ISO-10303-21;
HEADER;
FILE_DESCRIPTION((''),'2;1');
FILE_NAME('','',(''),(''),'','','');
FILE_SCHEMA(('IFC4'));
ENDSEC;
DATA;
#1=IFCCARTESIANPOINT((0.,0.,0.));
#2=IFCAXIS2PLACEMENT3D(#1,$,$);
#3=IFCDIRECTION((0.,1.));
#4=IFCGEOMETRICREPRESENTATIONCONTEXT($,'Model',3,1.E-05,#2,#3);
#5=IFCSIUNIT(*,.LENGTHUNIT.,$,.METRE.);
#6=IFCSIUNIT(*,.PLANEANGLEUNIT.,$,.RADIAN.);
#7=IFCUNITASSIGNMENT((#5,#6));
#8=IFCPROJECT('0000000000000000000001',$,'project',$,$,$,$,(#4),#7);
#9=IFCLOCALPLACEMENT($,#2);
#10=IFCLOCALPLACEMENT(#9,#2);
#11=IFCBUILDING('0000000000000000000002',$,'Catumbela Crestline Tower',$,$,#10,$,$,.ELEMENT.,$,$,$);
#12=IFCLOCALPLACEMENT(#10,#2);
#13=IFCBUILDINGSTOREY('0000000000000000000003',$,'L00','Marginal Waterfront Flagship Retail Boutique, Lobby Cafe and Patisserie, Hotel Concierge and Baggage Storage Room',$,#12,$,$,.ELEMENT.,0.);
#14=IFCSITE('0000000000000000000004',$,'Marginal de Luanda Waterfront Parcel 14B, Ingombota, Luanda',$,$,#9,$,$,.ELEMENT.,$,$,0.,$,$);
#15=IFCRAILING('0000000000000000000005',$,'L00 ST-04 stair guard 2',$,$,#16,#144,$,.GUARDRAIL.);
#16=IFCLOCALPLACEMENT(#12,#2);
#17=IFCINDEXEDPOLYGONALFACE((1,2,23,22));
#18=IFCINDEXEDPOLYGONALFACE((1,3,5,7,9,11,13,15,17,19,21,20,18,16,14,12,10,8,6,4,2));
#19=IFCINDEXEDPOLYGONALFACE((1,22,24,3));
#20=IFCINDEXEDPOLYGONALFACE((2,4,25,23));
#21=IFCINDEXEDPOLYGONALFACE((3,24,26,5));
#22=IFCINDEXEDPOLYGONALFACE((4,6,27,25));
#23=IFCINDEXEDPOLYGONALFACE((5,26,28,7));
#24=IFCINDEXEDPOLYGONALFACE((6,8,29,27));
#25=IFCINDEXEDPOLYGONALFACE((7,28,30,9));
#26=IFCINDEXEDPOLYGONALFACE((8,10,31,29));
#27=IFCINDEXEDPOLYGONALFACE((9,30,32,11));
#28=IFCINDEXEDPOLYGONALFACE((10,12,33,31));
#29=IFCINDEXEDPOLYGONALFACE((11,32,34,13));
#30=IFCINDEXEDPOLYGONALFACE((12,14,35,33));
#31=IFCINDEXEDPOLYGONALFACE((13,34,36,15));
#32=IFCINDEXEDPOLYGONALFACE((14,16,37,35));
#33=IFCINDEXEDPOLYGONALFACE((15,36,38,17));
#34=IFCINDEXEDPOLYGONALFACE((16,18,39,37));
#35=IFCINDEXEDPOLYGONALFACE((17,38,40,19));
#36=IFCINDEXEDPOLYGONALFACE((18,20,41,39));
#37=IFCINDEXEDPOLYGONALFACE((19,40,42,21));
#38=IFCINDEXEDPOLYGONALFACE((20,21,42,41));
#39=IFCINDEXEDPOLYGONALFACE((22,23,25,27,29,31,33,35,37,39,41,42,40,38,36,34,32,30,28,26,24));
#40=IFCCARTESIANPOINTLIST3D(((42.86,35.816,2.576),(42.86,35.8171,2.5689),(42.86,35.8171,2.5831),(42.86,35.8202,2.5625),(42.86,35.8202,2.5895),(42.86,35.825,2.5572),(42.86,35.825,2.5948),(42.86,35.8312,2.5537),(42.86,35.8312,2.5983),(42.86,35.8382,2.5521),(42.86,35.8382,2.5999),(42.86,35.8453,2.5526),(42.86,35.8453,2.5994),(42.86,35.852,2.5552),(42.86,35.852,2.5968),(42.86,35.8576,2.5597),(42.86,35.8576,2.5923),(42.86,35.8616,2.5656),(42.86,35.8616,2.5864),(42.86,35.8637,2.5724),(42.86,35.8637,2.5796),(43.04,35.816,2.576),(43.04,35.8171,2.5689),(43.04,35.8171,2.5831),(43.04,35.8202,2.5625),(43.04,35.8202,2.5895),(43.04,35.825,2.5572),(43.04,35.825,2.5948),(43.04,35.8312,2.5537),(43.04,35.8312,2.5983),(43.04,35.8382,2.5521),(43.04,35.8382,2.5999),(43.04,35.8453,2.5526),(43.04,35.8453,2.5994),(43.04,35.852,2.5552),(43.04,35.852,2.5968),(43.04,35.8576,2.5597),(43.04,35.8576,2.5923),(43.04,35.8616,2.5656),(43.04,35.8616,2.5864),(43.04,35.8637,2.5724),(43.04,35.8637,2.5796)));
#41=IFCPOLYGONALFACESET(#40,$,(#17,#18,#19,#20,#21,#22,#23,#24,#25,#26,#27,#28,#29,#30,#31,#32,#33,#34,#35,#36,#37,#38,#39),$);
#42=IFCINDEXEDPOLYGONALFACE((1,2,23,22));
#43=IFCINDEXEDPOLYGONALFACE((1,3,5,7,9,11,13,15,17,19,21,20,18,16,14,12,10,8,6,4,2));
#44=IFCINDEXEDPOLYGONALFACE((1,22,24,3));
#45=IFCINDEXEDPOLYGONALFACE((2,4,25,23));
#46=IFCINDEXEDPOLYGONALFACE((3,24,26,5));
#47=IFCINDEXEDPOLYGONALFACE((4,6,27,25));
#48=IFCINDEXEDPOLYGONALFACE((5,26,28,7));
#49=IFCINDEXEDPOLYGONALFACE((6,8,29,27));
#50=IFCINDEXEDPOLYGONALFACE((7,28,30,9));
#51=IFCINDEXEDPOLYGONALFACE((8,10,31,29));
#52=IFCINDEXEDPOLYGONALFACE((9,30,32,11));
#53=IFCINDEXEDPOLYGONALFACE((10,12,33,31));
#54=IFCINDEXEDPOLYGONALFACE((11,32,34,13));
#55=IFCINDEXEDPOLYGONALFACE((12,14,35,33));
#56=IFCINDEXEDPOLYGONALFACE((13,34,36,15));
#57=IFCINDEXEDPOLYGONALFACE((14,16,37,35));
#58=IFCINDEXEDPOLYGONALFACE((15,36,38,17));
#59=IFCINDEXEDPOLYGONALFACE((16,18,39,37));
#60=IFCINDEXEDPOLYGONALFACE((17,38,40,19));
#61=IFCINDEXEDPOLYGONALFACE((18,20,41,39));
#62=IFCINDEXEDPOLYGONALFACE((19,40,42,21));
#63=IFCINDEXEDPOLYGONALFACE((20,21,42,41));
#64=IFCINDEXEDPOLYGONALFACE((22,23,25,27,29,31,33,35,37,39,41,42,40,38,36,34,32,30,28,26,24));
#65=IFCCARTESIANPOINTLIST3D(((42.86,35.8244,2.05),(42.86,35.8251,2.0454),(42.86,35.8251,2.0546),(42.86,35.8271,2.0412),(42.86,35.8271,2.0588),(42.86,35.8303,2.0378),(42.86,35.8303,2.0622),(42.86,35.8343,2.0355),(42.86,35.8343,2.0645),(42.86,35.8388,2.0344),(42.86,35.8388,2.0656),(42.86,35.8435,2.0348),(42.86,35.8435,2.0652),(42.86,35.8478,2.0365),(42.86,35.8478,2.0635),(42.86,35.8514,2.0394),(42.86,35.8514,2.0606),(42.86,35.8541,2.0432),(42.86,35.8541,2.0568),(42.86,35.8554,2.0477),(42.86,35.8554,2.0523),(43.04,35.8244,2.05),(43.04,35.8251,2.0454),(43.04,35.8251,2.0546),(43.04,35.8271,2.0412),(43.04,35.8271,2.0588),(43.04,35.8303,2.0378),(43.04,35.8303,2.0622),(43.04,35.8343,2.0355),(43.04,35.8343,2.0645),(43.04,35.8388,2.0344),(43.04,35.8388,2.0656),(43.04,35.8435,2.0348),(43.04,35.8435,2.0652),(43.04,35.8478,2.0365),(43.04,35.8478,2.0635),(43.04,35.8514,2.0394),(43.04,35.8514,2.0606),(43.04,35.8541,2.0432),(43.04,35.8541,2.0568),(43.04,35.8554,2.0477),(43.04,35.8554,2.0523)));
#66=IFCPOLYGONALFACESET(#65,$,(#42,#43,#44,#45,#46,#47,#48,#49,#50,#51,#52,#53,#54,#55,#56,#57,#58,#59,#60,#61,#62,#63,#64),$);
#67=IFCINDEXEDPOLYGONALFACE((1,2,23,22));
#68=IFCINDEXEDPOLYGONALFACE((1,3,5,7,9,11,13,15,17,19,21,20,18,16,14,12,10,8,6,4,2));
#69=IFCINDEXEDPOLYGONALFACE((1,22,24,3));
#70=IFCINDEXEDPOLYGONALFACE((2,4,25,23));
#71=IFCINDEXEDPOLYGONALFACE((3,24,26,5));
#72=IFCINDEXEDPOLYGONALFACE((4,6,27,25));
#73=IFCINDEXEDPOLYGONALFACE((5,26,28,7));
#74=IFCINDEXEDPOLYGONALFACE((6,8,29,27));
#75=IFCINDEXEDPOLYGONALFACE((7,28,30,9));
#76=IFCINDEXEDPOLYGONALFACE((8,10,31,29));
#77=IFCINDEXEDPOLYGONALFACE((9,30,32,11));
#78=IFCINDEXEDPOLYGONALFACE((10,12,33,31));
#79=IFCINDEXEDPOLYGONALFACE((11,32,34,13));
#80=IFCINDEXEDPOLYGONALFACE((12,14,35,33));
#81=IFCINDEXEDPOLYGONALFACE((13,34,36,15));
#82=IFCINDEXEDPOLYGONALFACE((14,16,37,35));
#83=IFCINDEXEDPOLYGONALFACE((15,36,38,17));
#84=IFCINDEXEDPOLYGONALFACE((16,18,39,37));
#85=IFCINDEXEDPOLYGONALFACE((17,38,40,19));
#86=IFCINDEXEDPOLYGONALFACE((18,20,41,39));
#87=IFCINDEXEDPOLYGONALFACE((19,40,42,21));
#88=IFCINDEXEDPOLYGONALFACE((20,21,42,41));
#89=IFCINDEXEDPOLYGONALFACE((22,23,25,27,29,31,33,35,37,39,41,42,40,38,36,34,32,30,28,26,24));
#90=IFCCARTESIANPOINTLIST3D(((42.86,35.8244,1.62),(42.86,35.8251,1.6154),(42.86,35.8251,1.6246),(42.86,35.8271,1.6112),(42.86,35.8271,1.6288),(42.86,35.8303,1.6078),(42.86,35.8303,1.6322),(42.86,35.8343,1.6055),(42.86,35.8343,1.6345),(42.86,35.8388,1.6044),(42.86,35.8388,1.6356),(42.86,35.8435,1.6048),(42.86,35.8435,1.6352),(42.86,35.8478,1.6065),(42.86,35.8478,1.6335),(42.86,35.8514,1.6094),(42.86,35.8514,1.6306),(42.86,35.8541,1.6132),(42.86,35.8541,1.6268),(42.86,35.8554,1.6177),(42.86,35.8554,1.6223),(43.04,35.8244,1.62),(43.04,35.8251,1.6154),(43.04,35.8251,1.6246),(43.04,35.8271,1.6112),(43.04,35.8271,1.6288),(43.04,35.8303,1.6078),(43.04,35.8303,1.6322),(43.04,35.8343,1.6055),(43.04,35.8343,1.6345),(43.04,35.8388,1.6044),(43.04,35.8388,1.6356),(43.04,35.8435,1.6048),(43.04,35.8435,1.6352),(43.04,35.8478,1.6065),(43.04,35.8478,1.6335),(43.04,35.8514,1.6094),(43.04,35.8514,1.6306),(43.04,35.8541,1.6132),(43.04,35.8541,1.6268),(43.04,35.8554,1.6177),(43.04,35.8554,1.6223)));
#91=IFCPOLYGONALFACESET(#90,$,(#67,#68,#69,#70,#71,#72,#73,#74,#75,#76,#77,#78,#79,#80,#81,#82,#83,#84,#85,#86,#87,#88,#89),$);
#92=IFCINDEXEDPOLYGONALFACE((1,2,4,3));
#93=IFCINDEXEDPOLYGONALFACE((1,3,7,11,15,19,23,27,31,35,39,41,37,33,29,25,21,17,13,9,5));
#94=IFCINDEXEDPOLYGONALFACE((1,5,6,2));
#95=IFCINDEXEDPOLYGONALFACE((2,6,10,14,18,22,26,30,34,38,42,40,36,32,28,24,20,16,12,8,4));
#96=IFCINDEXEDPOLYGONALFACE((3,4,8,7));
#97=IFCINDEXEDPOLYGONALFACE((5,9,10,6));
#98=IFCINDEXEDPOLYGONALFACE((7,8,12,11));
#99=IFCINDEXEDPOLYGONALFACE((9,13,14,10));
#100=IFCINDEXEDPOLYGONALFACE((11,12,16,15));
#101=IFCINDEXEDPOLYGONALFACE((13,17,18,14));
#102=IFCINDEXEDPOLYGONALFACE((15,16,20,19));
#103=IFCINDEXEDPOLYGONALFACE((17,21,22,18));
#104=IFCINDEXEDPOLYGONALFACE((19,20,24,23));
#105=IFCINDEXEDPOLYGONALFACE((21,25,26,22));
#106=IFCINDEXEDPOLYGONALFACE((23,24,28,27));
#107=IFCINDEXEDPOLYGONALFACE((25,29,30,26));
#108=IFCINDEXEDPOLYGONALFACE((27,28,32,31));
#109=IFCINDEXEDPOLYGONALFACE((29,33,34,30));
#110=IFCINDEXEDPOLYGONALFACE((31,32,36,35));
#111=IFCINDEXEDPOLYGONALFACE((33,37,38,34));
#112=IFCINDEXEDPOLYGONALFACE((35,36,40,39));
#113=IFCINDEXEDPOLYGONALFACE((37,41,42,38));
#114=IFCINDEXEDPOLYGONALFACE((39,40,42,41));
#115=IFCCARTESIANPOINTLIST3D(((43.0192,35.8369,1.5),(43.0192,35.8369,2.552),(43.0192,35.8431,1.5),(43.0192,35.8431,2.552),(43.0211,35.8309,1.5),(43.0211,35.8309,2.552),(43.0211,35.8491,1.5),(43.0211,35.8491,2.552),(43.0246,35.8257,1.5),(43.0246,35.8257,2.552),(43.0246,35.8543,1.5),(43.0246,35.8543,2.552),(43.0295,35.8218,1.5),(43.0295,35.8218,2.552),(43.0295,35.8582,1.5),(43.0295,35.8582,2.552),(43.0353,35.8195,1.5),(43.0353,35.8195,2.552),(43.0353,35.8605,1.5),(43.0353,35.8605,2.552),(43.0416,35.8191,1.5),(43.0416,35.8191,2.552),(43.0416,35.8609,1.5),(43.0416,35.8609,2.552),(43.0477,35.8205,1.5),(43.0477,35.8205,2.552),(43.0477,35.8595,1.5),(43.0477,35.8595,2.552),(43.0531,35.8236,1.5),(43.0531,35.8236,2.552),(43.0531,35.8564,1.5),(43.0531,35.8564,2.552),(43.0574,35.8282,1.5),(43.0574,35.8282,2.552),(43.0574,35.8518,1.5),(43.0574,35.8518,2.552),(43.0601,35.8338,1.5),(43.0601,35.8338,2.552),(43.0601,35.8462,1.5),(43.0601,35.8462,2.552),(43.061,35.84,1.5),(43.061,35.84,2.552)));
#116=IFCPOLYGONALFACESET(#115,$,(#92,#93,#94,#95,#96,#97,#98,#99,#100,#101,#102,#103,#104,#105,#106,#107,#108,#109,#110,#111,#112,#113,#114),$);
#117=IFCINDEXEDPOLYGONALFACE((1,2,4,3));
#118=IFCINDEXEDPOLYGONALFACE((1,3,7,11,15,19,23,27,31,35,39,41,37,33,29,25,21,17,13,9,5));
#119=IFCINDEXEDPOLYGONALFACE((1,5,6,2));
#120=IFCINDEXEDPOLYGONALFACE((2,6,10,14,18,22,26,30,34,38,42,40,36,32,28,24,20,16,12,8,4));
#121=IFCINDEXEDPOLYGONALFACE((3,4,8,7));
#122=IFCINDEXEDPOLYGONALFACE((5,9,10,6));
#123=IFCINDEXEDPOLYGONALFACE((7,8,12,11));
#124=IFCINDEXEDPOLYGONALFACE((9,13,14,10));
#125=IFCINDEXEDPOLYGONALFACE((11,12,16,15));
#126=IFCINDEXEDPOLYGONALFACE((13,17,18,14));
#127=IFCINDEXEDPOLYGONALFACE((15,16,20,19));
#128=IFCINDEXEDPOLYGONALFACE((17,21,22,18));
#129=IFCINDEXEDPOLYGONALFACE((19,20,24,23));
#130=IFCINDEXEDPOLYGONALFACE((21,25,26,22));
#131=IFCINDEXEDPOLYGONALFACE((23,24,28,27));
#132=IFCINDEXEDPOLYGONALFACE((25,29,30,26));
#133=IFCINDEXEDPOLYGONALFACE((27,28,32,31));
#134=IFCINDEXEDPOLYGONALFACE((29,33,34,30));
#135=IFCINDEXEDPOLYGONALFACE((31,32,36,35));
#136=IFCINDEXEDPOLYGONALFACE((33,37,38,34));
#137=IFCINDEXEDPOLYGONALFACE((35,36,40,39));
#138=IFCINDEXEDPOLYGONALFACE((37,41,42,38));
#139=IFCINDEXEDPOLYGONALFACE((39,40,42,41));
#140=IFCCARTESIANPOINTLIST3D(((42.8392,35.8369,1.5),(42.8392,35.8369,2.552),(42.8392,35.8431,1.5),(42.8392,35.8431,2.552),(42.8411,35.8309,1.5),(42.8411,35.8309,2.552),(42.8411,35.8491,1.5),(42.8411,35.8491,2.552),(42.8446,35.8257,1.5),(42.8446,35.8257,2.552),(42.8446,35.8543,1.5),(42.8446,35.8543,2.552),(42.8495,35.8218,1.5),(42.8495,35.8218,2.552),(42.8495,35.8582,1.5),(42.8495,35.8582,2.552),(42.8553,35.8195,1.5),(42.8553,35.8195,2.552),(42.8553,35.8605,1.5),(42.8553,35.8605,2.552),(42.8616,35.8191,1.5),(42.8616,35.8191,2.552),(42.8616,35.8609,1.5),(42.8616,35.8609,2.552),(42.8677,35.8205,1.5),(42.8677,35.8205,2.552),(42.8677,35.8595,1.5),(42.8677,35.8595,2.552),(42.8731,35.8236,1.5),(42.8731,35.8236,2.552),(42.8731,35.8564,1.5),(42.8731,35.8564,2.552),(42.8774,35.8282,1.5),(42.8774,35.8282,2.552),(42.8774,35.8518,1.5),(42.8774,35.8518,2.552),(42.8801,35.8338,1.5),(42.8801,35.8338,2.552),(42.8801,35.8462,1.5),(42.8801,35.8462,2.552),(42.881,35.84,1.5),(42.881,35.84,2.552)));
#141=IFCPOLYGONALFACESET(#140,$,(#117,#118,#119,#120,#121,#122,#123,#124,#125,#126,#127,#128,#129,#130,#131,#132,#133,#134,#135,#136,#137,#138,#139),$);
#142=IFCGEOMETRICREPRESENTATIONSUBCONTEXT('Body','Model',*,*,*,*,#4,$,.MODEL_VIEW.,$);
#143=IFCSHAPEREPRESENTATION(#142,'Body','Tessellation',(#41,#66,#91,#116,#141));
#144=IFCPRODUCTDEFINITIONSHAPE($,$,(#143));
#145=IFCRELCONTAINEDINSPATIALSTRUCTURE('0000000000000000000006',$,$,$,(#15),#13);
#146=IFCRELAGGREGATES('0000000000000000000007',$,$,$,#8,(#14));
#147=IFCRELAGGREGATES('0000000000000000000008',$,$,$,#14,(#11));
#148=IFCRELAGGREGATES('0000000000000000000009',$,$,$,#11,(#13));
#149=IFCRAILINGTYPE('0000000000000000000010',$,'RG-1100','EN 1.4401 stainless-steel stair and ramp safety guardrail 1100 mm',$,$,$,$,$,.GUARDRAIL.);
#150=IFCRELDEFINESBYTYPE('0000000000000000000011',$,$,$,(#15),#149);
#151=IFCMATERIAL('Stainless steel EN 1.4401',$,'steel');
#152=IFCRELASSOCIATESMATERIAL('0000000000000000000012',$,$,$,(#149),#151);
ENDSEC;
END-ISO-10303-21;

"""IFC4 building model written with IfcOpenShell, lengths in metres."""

from ifc_helpers import new_model, si_unit, direction, frame, origin, origin_2d, place, context, subcontext, project, spatial, circle, extrude, material, type_object, element, save


model = new_model("IFC4")

# Units and contexts
model_context = context("Model", 3, precision=1e-05, world=origin(), true_north=direction((0.0, 1.0)))
body_context = subcontext(model_context, "Body", "Model", "MODEL_VIEW")
ifc_project = project(units=[si_unit("LENGTHUNIT", "METRE"), si_unit("PLANEANGLEUNIT", "RADIAN")], contexts=[model_context])

# Site, building, storey
site_placement = place(None, origin())
site = spatial("IfcSite", under=ifc_project, at=site_placement, Name="Marginal de Luanda Waterfront Parcel 14B, Ingombota, Luanda", CompositionType="ELEMENT", RefElevation=0.0)
building_placement = place(site_placement, origin())
building = spatial("IfcBuilding", under=site, at=building_placement, Name="Catumbela Crestline Tower", CompositionType="ELEMENT")
storey_placement = place(building_placement, origin())
storey = spatial("IfcBuildingStorey", under=building, at=storey_placement, Name="L00", Description="Marginal Waterfront Flagship Retail Boutique, Lobby Cafe and Patisserie, Hotel Concierge and Baggage Storage Room", CompositionType="ELEMENT", Elevation=0.0)

# Shared definitions
ifc_material_1 = material(Name="Stainless steel EN 1.4401", Category="steel")

# Railing
railing_type_1 = type_object("IfcRailingType", Name="RG-1100", Description="EN 1.4401 stainless-steel stair and ramp safety guardrail 1100 mm", PredefinedType="GUARDRAIL", material=ifc_material_1)
railing_1_placement = place(storey_placement, frame((43.04, 35.84, 1.5)))
element("IfcRailing", 1, at=railing_1_placement, inside=storey, type_object=railing_type_1, Name="L00 ST-04 stair guard 2", PredefinedType="GUARDRAIL", context=body_context, shape_type="SweptSolid", body=[
    extrude(circle(Radius=0.024, at=origin_2d()), frame((0.0, 0.0, 1.076), z_axis=(-1.0, 0.0, 0.0), x_axis=(0.0, -1.0, 0.0)), (0.0, 0.0, 1.0), 0.18),
    extrude(circle(Radius=0.0156, at=origin_2d()), frame((0.0, 0.0, 0.55), z_axis=(-1.0, 0.0, 0.0), x_axis=(0.0, -1.0, 0.0)), (0.0, 0.0, 1.0), 0.18),
    extrude(circle(Radius=0.0156, at=origin_2d()), frame((0.0, 0.0, 0.12), z_axis=(-1.0, 0.0, 0.0), x_axis=(0.0, -1.0, 0.0)), (0.0, 0.0, 1.0), 0.18),
    extrude(circle(Radius=0.021, at=origin_2d()), origin(), (0.0, 0.0, 1.0), 1.052),
    extrude(circle(Radius=0.021, at=origin_2d()), frame((-0.18, 0.0, 0.0)), (0.0, 0.0, 1.0), 1.052),
])

save(model, "model.ifc")
